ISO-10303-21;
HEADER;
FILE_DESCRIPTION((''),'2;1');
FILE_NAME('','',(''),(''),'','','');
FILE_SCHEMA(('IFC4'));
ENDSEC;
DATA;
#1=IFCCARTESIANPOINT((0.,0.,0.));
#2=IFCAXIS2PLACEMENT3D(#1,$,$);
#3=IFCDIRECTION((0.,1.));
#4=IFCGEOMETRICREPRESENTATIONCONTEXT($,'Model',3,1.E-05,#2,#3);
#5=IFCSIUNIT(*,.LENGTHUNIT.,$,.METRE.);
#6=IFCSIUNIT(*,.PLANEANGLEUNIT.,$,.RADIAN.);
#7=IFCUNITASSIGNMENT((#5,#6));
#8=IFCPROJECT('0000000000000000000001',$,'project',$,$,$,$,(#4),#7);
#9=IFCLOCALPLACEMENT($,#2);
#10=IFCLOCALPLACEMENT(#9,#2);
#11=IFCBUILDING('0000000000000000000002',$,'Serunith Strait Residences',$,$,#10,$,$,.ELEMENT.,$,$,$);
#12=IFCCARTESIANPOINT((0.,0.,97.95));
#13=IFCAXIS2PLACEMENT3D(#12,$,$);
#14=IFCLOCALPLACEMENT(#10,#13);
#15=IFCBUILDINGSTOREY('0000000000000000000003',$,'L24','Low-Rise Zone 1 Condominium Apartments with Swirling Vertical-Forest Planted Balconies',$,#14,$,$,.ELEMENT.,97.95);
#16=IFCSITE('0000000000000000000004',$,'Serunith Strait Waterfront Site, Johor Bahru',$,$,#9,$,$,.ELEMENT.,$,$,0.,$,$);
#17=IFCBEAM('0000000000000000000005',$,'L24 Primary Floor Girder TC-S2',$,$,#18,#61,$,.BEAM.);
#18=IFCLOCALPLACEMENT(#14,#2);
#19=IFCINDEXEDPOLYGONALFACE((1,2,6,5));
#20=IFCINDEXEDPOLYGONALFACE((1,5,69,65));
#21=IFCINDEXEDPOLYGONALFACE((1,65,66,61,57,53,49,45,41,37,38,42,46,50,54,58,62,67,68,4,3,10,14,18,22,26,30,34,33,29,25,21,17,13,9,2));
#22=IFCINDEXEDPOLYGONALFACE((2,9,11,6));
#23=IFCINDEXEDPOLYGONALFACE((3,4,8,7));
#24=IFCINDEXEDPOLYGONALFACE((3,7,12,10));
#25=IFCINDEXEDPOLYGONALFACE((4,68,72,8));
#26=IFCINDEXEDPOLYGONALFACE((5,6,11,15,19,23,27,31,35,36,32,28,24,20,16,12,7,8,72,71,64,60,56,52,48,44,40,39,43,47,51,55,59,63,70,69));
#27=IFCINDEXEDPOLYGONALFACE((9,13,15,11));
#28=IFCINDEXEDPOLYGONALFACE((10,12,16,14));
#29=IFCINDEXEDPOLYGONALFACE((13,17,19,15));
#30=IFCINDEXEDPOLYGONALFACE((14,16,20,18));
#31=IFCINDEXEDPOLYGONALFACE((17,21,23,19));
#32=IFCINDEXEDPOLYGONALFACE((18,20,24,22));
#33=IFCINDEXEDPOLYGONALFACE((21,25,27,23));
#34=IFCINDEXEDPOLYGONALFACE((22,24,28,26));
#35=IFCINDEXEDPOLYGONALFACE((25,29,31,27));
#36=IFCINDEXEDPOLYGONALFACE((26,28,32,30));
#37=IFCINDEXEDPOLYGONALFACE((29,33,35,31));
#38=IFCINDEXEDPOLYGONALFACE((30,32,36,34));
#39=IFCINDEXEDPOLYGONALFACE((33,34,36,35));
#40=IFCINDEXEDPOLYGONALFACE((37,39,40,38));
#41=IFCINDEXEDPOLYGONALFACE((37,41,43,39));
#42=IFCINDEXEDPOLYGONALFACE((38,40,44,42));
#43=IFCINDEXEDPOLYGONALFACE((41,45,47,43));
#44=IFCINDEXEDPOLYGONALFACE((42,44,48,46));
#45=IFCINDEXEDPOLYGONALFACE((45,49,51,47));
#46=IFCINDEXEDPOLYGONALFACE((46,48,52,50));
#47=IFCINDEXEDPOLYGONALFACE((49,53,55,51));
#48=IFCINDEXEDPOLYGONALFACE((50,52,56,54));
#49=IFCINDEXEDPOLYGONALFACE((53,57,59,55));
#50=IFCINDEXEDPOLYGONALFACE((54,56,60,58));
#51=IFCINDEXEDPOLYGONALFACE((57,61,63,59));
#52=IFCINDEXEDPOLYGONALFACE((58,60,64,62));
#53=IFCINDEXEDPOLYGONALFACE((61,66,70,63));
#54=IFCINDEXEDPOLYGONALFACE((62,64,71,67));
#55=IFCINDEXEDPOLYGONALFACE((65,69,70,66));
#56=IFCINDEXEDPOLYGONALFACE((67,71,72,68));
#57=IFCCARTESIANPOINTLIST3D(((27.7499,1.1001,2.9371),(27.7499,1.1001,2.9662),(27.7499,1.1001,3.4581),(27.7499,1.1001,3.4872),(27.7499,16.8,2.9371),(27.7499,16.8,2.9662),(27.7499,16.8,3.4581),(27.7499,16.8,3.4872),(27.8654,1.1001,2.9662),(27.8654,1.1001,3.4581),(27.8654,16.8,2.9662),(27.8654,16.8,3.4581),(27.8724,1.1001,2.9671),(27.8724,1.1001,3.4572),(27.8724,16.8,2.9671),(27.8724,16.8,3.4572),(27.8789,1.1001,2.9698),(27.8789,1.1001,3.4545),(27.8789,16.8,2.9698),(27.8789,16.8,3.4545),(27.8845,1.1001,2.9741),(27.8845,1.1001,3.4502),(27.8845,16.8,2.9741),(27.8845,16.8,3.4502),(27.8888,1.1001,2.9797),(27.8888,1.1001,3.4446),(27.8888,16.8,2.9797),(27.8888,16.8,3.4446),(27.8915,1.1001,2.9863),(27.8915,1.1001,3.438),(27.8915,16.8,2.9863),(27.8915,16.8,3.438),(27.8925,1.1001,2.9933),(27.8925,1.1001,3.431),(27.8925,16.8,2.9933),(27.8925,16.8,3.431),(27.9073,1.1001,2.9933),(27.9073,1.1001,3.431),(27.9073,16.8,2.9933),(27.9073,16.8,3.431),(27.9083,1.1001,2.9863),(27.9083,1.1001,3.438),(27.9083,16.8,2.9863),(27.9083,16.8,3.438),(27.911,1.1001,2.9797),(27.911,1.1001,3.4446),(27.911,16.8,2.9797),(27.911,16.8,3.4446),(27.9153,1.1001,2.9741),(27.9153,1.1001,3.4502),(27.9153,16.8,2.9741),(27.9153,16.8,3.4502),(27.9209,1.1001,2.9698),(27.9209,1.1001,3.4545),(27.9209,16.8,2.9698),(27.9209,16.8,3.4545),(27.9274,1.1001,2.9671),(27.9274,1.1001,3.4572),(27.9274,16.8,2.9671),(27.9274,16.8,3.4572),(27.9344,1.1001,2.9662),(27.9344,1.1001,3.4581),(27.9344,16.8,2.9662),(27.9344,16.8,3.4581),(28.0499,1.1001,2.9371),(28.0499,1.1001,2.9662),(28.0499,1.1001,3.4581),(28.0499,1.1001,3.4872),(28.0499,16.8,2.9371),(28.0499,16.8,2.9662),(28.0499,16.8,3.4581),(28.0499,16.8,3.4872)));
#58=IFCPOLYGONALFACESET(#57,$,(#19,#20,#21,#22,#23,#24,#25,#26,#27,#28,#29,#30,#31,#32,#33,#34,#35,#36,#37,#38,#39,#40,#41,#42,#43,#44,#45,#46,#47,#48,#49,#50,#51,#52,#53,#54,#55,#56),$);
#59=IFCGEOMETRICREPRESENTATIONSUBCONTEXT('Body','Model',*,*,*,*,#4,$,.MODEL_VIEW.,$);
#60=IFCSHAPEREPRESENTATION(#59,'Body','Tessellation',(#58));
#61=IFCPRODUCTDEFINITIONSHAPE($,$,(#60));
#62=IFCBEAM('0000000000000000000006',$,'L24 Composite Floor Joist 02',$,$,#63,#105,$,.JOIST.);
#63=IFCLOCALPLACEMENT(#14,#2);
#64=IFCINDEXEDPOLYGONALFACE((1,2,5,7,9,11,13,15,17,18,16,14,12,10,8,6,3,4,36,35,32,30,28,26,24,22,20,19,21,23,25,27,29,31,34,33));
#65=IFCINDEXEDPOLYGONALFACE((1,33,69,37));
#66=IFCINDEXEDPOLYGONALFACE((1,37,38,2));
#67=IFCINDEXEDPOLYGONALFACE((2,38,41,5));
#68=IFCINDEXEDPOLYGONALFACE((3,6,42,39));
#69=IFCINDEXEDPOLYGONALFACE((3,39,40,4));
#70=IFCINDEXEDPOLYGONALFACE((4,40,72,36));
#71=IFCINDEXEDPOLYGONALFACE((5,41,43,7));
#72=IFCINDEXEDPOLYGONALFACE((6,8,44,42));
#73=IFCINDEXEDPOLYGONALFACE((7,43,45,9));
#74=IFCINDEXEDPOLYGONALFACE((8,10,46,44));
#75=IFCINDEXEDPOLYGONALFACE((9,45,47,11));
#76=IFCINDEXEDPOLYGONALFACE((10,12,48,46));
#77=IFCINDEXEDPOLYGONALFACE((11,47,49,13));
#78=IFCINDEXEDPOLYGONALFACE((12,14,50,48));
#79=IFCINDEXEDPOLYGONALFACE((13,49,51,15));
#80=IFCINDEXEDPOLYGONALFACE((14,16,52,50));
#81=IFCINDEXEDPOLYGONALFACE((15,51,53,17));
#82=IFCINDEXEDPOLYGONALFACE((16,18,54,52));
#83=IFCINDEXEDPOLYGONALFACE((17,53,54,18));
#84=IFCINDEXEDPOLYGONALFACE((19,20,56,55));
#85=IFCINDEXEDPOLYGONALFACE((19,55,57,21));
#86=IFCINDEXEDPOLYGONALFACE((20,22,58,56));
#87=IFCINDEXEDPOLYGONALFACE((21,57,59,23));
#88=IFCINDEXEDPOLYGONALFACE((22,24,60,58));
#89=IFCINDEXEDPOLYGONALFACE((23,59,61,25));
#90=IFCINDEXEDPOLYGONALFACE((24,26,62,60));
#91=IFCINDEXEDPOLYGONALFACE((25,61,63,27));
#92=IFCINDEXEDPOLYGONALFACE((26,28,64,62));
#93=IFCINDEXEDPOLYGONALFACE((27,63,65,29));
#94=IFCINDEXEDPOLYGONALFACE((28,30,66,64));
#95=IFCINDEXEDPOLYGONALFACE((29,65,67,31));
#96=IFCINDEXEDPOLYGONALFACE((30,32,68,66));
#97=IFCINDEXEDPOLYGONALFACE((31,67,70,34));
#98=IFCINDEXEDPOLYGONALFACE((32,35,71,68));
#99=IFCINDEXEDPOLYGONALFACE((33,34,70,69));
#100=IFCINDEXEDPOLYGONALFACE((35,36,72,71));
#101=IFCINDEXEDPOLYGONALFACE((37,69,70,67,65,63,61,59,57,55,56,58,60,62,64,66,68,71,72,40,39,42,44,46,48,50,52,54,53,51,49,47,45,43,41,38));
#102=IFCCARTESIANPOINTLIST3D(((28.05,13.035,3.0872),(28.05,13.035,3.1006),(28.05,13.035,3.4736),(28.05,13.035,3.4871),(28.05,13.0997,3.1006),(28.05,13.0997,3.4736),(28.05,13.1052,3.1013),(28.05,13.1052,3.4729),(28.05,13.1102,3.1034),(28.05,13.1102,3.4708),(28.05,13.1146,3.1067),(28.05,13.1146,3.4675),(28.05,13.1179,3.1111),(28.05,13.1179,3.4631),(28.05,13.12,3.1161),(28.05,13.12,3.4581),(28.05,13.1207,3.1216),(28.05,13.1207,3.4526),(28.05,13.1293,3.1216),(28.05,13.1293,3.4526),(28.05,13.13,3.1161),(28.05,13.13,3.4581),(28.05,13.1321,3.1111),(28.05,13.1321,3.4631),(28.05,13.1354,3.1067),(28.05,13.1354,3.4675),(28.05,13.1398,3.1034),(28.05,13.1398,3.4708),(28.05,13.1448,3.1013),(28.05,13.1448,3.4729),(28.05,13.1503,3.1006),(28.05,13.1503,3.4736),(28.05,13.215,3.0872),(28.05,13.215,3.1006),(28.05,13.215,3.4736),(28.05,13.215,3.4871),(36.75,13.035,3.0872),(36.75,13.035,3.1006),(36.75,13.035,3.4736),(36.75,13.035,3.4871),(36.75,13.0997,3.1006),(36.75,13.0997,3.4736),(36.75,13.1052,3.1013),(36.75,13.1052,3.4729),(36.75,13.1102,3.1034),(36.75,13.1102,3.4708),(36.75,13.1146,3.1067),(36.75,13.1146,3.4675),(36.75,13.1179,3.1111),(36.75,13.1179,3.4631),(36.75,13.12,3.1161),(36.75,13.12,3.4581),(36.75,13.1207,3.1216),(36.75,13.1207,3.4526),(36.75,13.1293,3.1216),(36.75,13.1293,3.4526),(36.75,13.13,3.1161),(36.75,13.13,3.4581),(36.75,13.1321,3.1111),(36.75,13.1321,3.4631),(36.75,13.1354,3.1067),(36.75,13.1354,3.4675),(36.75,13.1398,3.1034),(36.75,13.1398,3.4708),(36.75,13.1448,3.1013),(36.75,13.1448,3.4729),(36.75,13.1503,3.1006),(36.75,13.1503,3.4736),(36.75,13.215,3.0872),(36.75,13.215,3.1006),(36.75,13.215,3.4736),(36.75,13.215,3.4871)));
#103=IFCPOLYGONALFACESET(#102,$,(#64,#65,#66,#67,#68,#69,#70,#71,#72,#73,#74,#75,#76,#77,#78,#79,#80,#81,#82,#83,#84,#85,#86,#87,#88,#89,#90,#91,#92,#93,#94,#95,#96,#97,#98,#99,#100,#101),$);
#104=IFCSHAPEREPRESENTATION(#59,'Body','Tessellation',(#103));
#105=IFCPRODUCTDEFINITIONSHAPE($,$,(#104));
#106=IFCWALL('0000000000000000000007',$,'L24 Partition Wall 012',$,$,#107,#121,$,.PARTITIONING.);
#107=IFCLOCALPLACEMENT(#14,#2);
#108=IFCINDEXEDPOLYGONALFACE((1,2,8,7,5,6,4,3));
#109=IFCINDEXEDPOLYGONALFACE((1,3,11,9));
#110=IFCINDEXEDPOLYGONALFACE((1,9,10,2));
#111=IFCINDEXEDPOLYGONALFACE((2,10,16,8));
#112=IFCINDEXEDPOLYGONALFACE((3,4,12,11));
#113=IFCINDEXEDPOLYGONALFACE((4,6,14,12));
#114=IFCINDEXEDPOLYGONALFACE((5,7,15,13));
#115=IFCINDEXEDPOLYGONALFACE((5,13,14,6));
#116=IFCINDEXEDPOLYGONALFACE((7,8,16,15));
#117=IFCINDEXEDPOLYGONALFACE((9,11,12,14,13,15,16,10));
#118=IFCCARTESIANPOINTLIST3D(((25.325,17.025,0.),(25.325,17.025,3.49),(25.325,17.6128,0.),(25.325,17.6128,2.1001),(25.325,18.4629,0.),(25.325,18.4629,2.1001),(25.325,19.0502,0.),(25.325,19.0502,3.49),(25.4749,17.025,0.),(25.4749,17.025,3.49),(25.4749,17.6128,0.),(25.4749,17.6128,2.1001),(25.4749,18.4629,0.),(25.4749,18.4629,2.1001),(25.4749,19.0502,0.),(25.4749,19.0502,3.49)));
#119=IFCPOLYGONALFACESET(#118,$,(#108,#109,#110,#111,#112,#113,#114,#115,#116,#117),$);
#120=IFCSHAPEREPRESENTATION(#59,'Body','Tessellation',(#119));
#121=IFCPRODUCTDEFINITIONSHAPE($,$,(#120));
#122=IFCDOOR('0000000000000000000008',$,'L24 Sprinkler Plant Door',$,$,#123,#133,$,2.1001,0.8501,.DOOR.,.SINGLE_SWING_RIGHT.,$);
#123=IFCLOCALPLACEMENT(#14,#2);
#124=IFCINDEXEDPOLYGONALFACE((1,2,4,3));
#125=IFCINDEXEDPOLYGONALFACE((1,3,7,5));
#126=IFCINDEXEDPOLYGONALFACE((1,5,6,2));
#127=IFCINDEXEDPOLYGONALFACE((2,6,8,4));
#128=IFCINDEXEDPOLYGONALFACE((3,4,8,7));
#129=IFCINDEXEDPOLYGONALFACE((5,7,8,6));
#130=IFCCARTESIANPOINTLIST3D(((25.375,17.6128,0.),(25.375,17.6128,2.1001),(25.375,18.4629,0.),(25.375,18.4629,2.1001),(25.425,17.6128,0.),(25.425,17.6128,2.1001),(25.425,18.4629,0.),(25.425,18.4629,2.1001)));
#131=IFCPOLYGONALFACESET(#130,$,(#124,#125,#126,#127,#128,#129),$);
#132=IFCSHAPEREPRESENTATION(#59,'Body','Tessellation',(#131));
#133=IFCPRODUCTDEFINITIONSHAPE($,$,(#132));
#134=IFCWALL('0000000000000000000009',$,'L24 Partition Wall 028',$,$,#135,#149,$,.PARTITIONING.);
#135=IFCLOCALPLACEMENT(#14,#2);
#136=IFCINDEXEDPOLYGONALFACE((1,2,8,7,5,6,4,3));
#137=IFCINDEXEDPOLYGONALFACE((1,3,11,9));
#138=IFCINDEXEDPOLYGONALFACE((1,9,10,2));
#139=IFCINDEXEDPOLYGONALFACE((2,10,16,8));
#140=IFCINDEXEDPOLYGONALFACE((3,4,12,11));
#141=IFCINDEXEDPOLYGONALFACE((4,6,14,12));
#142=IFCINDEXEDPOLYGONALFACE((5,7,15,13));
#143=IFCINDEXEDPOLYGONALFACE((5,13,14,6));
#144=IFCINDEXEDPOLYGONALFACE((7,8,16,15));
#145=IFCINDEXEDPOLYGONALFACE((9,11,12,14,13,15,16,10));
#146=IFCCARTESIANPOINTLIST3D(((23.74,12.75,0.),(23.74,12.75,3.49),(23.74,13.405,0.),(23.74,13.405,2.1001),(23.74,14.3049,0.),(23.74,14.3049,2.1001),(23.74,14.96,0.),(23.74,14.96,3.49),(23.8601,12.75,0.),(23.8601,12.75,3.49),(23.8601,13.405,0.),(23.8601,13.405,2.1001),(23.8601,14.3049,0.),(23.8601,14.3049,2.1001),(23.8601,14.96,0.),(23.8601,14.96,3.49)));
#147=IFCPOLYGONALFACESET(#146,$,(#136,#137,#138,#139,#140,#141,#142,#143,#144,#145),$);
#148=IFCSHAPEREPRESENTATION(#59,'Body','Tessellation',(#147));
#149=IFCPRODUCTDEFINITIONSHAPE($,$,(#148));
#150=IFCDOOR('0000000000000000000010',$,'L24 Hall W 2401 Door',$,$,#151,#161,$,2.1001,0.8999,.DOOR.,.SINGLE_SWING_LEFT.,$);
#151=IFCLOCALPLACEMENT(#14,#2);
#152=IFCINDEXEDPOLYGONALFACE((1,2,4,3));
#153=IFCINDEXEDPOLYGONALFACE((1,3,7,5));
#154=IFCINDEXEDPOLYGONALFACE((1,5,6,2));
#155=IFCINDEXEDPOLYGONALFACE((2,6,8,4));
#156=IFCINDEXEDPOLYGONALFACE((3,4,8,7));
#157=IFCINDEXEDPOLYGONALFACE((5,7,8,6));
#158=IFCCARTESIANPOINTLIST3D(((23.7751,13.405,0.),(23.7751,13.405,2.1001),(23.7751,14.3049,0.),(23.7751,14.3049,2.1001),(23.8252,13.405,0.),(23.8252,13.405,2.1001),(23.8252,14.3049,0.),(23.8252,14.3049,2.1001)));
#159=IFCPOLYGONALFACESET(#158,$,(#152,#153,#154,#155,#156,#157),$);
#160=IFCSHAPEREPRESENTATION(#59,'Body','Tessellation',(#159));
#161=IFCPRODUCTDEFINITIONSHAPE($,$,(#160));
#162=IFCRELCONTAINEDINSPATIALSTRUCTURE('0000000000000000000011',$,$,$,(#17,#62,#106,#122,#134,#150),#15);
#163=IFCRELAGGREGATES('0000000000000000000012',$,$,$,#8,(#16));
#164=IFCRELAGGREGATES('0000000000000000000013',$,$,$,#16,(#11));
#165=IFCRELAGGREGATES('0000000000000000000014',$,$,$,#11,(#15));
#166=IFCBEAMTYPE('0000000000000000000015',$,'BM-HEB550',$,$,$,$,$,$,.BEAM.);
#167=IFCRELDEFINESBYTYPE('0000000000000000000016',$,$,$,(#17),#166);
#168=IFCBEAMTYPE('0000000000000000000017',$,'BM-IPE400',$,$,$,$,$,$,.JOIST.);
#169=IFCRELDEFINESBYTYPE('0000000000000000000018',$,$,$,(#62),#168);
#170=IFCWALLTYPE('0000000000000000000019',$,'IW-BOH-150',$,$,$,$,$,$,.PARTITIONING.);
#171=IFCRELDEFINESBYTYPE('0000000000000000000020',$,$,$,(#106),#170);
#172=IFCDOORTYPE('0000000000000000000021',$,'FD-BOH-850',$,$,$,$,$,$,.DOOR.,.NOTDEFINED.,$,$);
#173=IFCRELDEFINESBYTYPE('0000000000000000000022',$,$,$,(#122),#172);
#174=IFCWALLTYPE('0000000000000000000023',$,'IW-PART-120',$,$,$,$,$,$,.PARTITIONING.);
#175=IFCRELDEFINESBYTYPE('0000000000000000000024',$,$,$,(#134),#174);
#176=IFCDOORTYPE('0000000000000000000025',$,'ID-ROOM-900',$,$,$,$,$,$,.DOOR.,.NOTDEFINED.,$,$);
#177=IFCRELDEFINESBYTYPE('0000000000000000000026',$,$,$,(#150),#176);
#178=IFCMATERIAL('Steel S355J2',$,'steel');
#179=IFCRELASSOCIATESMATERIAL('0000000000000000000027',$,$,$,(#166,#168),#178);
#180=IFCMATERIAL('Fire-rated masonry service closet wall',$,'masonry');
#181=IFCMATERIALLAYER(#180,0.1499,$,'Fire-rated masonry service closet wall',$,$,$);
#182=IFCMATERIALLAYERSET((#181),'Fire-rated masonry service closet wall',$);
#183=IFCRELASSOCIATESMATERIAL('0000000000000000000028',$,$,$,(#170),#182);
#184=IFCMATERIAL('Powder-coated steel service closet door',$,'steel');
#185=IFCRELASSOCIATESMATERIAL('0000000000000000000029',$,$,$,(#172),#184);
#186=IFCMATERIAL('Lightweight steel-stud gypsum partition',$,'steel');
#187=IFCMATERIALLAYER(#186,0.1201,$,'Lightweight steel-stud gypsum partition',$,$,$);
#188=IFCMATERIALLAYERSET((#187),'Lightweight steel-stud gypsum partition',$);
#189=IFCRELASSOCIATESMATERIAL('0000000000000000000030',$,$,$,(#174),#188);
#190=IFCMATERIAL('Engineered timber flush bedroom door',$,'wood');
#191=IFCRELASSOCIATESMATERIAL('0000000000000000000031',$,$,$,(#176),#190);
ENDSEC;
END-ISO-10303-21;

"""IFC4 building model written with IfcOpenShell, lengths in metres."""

from ifc_helpers import new_model, si_unit, direction, frame, frame_2d, origin, origin_2d, place, context, subcontext, project, spatial, rectangle, i_section, extrude, source, transform, mapped, material, layer, layer_set, material_profile, profile_set, type_object, element, fill, save


model = new_model("IFC4")

# Units and contexts
model_context = context("Model", 3, precision=1e-05, world=origin(), true_north=direction((0.0, 1.0)))
body_context = subcontext(model_context, "Body", "Model", "MODEL_VIEW")
ifc_project = project(units=[si_unit("LENGTHUNIT", "METRE"), si_unit("PLANEANGLEUNIT", "RADIAN")], contexts=[model_context])

# Site, building, storey
site_placement = place(None, origin())
site = spatial("IfcSite", under=ifc_project, at=site_placement, Name="Serunith Strait Waterfront Site, Johor Bahru", CompositionType="ELEMENT", RefElevation=0.0)
building_placement = place(site_placement, origin())
building = spatial("IfcBuilding", under=site, at=building_placement, Name="Serunith Strait Residences", CompositionType="ELEMENT")
storey_placement = place(building_placement, frame((0.0, 0.0, 97.95)))
storey = spatial("IfcBuildingStorey", under=building, at=storey_placement, Name="L24", Description="Low-Rise Zone 1 Condominium Apartments with Swirling Vertical-Forest Planted Balconies", CompositionType="ELEMENT", Elevation=97.95)

# Beams
ifc_material_1 = material(Name="Steel S355J2", Category="steel")
ifc_material_profile_1 = material_profile(ifc_material_1, i_section(OverallWidth=0.3, OverallDepth=0.55, WebThickness=0.0149, FlangeThickness=0.0291, FilletRadius=0.0271, at=origin_2d()), Name="HEB 550")
ifc_profile_set_1 = profile_set([ifc_material_profile_1], Name="Steel S355J2")
beam_type_1 = type_object("IfcBeamType", Name="BM-HEB550", PredefinedType="BEAM", material=ifc_profile_set_1)
shared_shape_1 = source(origin(), body_context, "Body", "SweptSolid", [
    extrude(i_section(OverallWidth=0.3, OverallDepth=0.55, WebThickness=0.0149, FlangeThickness=0.0291, FilletRadius=0.0271, at=origin_2d()), origin(), (0.0, 0.0, 1.0), 15.7),
])
beam_1_placement = place(storey_placement, frame((27.8999, 16.8, 3.2122), z_axis=(0.0, -1.0, 0.0), x_axis=(1.0, 0.0, 0.0)))
element("IfcBeam", 1, at=beam_1_placement, inside=storey, type_object=beam_type_1, Name="L24 Primary Floor Girder TC-S2", PredefinedType="BEAM", context=body_context, shape_type="MappedRepresentation", body=[
    mapped(shared_shape_1, transform((0.0, 0.0, 0.0), scale=1.0)),
])
ifc_material_profile_2 = material_profile(ifc_material_1, i_section(OverallWidth=0.1799, OverallDepth=0.3999, WebThickness=0.0085, FlangeThickness=0.0134, FilletRadius=0.021, at=origin_2d()), Name="IPE 400")
ifc_profile_set_2 = profile_set([ifc_material_profile_2], Name="Steel S355J2")
beam_type_2 = type_object("IfcBeamType", Name="BM-IPE400", PredefinedType="JOIST", material=ifc_profile_set_2)
shared_shape_2 = source(origin(), body_context, "Body", "SweptSolid", [
    extrude(i_section(OverallWidth=0.1799, OverallDepth=0.3999, WebThickness=0.0085, FlangeThickness=0.0134, FilletRadius=0.021, at=origin_2d()), origin(), (0.0, 0.0, 1.0), 8.7),
])
beam_2_placement = place(storey_placement, frame((28.05, 13.125, 3.2871), z_axis=(1.0, 0.0, 0.0), x_axis=(0.0, 1.0, 0.0)))
element("IfcBeam", 2, at=beam_2_placement, inside=storey, type_object=beam_type_2, Name="L24 Composite Floor Joist 02", PredefinedType="JOIST", context=body_context, shape_type="MappedRepresentation", body=[
    mapped(shared_shape_2, transform((0.0, 0.0, 0.0), scale=1.0)),
])

# Walls, openings, doors
ifc_material_2 = material(Name="Fire-rated masonry service closet wall", Category="masonry")
ifc_layer_1 = layer(ifc_material_2, 0.1499, Name="Fire-rated masonry service closet wall")
ifc_layer_set_1 = layer_set([ifc_layer_1], Name="Fire-rated masonry service closet wall")
wall_type_1 = type_object("IfcWallType", Name="IW-BOH-150", PredefinedType="PARTITIONING", material=ifc_layer_set_1)
wall_1_placement = place(storey_placement, frame((25.3999, 17.0249, 0.0), z_axis=(0.0, 0.0, 1.0), x_axis=(0.0, 1.0, 0.0)))
wall_1 = element("IfcWall", 3, at=wall_1_placement, inside=storey, type_object=wall_type_1, Name="L24 Partition Wall 012", PredefinedType="PARTITIONING", context=body_context, shape_type="SweptSolid", body=[
    extrude(rectangle(XDim=2.0251, YDim=0.1499, at=frame_2d((1.0127, 0.0))), origin(), (0.0, 0.0, 1.0), 3.49),
])
opening_1_placement = place(wall_1_placement, frame((0.5879, 0.0, 0.0)))
opening_1 = element("IfcOpeningElement", 4, at=opening_1_placement, cuts=wall_1, PredefinedType="OPENING", context=body_context, shape_type="SweptSolid", body=[
    extrude(rectangle(XDim=0.8501, YDim=2.1001, at=frame_2d((0.425, 1.05))), frame((0.0, 0.085, 0.0), z_axis=(0.0, -1.0, 0.0), x_axis=(1.0, 0.0, 0.0)), (0.0, 0.0, 1.0), 0.1699),
])
ifc_material_3 = material(Name="Powder-coated steel service closet door", Category="steel")
door_type_1 = type_object("IfcDoorType", Name="FD-BOH-850", OperationType="NOTDEFINED", PredefinedType="DOOR", material=ifc_material_3)
shared_shape_3 = source(origin(), body_context, "Body", "SweptSolid", [
    extrude(rectangle(XDim=0.8501, YDim=2.1001, at=frame_2d((0.425, 1.05))), frame((0.0, 0.0249, 0.0), z_axis=(0.0, -1.0, 0.0), x_axis=(1.0, 0.0, 0.0)), (0.0, 0.0, 1.0), 0.05),
])
door_1_placement = place(opening_1_placement, origin())
door_1 = element("IfcDoor", 5, at=door_1_placement, inside=storey, type_object=door_type_1, Name="L24 Sprinkler Plant Door", OperationType="SINGLE_SWING_RIGHT", OverallHeight=2.1001, OverallWidth=0.8501, PredefinedType="DOOR", context=body_context, shape_type="MappedRepresentation", body=[
    mapped(shared_shape_3, transform((0.0, 0.0, 0.0), scale=1.0)),
])
fill(opening_1, door_1)
ifc_material_4 = material(Name="Lightweight steel-stud gypsum partition", Category="steel")
ifc_layer_2 = layer(ifc_material_4, 0.1201, Name="Lightweight steel-stud gypsum partition")
ifc_layer_set_2 = layer_set([ifc_layer_2], Name="Lightweight steel-stud gypsum partition")
wall_type_2 = type_object("IfcWallType", Name="IW-PART-120", PredefinedType="PARTITIONING", material=ifc_layer_set_2)
wall_2_placement = place(storey_placement, frame((23.8, 12.75, 0.0), z_axis=(0.0, 0.0, 1.0), x_axis=(0.0, 1.0, 0.0)))
wall_2 = element("IfcWall", 6, at=wall_2_placement, inside=storey, type_object=wall_type_2, Name="L24 Partition Wall 028", PredefinedType="PARTITIONING", context=body_context, shape_type="SweptSolid", body=[
    extrude(rectangle(XDim=2.21, YDim=0.1201, at=frame_2d((1.105, 0.0))), origin(), (0.0, 0.0, 1.0), 3.49),
])
opening_2_placement = place(wall_2_placement, frame((0.655, 0.0, 0.0)))
opening_2 = element("IfcOpeningElement", 7, at=opening_2_placement, cuts=wall_2, PredefinedType="OPENING", context=body_context, shape_type="SweptSolid", body=[
    extrude(rectangle(XDim=0.8999, YDim=2.1001, at=frame_2d((0.45, 1.05))), frame((0.0, 0.0701, 0.0), z_axis=(0.0, -1.0, 0.0), x_axis=(1.0, 0.0, 0.0)), (0.0, 0.0, 1.0), 0.1401),
])
ifc_material_5 = material(Name="Engineered timber flush bedroom door", Category="wood")
door_type_2 = type_object("IfcDoorType", Name="ID-ROOM-900", OperationType="NOTDEFINED", PredefinedType="DOOR", material=ifc_material_5)
shared_shape_4 = source(origin(), body_context, "Body", "SweptSolid", [
    extrude(rectangle(XDim=0.8999, YDim=2.1001, at=frame_2d((0.45, 1.05))), frame((0.0, 0.0249, 0.0), z_axis=(0.0, -1.0, 0.0), x_axis=(1.0, 0.0, 0.0)), (0.0, 0.0, 1.0), 0.05),
])
door_2_placement = place(opening_2_placement, origin())
door_2 = element("IfcDoor", 8, at=door_2_placement, inside=storey, type_object=door_type_2, Name="L24 Hall W 2401 Door", OperationType="SINGLE_SWING_LEFT", OverallHeight=2.1001, OverallWidth=0.8999, PredefinedType="DOOR", context=body_context, shape_type="MappedRepresentation", body=[
    mapped(shared_shape_4, transform((0.0, 0.0, 0.0), scale=1.0)),
])
fill(opening_2, door_2)

save(model, "model.ifc")
